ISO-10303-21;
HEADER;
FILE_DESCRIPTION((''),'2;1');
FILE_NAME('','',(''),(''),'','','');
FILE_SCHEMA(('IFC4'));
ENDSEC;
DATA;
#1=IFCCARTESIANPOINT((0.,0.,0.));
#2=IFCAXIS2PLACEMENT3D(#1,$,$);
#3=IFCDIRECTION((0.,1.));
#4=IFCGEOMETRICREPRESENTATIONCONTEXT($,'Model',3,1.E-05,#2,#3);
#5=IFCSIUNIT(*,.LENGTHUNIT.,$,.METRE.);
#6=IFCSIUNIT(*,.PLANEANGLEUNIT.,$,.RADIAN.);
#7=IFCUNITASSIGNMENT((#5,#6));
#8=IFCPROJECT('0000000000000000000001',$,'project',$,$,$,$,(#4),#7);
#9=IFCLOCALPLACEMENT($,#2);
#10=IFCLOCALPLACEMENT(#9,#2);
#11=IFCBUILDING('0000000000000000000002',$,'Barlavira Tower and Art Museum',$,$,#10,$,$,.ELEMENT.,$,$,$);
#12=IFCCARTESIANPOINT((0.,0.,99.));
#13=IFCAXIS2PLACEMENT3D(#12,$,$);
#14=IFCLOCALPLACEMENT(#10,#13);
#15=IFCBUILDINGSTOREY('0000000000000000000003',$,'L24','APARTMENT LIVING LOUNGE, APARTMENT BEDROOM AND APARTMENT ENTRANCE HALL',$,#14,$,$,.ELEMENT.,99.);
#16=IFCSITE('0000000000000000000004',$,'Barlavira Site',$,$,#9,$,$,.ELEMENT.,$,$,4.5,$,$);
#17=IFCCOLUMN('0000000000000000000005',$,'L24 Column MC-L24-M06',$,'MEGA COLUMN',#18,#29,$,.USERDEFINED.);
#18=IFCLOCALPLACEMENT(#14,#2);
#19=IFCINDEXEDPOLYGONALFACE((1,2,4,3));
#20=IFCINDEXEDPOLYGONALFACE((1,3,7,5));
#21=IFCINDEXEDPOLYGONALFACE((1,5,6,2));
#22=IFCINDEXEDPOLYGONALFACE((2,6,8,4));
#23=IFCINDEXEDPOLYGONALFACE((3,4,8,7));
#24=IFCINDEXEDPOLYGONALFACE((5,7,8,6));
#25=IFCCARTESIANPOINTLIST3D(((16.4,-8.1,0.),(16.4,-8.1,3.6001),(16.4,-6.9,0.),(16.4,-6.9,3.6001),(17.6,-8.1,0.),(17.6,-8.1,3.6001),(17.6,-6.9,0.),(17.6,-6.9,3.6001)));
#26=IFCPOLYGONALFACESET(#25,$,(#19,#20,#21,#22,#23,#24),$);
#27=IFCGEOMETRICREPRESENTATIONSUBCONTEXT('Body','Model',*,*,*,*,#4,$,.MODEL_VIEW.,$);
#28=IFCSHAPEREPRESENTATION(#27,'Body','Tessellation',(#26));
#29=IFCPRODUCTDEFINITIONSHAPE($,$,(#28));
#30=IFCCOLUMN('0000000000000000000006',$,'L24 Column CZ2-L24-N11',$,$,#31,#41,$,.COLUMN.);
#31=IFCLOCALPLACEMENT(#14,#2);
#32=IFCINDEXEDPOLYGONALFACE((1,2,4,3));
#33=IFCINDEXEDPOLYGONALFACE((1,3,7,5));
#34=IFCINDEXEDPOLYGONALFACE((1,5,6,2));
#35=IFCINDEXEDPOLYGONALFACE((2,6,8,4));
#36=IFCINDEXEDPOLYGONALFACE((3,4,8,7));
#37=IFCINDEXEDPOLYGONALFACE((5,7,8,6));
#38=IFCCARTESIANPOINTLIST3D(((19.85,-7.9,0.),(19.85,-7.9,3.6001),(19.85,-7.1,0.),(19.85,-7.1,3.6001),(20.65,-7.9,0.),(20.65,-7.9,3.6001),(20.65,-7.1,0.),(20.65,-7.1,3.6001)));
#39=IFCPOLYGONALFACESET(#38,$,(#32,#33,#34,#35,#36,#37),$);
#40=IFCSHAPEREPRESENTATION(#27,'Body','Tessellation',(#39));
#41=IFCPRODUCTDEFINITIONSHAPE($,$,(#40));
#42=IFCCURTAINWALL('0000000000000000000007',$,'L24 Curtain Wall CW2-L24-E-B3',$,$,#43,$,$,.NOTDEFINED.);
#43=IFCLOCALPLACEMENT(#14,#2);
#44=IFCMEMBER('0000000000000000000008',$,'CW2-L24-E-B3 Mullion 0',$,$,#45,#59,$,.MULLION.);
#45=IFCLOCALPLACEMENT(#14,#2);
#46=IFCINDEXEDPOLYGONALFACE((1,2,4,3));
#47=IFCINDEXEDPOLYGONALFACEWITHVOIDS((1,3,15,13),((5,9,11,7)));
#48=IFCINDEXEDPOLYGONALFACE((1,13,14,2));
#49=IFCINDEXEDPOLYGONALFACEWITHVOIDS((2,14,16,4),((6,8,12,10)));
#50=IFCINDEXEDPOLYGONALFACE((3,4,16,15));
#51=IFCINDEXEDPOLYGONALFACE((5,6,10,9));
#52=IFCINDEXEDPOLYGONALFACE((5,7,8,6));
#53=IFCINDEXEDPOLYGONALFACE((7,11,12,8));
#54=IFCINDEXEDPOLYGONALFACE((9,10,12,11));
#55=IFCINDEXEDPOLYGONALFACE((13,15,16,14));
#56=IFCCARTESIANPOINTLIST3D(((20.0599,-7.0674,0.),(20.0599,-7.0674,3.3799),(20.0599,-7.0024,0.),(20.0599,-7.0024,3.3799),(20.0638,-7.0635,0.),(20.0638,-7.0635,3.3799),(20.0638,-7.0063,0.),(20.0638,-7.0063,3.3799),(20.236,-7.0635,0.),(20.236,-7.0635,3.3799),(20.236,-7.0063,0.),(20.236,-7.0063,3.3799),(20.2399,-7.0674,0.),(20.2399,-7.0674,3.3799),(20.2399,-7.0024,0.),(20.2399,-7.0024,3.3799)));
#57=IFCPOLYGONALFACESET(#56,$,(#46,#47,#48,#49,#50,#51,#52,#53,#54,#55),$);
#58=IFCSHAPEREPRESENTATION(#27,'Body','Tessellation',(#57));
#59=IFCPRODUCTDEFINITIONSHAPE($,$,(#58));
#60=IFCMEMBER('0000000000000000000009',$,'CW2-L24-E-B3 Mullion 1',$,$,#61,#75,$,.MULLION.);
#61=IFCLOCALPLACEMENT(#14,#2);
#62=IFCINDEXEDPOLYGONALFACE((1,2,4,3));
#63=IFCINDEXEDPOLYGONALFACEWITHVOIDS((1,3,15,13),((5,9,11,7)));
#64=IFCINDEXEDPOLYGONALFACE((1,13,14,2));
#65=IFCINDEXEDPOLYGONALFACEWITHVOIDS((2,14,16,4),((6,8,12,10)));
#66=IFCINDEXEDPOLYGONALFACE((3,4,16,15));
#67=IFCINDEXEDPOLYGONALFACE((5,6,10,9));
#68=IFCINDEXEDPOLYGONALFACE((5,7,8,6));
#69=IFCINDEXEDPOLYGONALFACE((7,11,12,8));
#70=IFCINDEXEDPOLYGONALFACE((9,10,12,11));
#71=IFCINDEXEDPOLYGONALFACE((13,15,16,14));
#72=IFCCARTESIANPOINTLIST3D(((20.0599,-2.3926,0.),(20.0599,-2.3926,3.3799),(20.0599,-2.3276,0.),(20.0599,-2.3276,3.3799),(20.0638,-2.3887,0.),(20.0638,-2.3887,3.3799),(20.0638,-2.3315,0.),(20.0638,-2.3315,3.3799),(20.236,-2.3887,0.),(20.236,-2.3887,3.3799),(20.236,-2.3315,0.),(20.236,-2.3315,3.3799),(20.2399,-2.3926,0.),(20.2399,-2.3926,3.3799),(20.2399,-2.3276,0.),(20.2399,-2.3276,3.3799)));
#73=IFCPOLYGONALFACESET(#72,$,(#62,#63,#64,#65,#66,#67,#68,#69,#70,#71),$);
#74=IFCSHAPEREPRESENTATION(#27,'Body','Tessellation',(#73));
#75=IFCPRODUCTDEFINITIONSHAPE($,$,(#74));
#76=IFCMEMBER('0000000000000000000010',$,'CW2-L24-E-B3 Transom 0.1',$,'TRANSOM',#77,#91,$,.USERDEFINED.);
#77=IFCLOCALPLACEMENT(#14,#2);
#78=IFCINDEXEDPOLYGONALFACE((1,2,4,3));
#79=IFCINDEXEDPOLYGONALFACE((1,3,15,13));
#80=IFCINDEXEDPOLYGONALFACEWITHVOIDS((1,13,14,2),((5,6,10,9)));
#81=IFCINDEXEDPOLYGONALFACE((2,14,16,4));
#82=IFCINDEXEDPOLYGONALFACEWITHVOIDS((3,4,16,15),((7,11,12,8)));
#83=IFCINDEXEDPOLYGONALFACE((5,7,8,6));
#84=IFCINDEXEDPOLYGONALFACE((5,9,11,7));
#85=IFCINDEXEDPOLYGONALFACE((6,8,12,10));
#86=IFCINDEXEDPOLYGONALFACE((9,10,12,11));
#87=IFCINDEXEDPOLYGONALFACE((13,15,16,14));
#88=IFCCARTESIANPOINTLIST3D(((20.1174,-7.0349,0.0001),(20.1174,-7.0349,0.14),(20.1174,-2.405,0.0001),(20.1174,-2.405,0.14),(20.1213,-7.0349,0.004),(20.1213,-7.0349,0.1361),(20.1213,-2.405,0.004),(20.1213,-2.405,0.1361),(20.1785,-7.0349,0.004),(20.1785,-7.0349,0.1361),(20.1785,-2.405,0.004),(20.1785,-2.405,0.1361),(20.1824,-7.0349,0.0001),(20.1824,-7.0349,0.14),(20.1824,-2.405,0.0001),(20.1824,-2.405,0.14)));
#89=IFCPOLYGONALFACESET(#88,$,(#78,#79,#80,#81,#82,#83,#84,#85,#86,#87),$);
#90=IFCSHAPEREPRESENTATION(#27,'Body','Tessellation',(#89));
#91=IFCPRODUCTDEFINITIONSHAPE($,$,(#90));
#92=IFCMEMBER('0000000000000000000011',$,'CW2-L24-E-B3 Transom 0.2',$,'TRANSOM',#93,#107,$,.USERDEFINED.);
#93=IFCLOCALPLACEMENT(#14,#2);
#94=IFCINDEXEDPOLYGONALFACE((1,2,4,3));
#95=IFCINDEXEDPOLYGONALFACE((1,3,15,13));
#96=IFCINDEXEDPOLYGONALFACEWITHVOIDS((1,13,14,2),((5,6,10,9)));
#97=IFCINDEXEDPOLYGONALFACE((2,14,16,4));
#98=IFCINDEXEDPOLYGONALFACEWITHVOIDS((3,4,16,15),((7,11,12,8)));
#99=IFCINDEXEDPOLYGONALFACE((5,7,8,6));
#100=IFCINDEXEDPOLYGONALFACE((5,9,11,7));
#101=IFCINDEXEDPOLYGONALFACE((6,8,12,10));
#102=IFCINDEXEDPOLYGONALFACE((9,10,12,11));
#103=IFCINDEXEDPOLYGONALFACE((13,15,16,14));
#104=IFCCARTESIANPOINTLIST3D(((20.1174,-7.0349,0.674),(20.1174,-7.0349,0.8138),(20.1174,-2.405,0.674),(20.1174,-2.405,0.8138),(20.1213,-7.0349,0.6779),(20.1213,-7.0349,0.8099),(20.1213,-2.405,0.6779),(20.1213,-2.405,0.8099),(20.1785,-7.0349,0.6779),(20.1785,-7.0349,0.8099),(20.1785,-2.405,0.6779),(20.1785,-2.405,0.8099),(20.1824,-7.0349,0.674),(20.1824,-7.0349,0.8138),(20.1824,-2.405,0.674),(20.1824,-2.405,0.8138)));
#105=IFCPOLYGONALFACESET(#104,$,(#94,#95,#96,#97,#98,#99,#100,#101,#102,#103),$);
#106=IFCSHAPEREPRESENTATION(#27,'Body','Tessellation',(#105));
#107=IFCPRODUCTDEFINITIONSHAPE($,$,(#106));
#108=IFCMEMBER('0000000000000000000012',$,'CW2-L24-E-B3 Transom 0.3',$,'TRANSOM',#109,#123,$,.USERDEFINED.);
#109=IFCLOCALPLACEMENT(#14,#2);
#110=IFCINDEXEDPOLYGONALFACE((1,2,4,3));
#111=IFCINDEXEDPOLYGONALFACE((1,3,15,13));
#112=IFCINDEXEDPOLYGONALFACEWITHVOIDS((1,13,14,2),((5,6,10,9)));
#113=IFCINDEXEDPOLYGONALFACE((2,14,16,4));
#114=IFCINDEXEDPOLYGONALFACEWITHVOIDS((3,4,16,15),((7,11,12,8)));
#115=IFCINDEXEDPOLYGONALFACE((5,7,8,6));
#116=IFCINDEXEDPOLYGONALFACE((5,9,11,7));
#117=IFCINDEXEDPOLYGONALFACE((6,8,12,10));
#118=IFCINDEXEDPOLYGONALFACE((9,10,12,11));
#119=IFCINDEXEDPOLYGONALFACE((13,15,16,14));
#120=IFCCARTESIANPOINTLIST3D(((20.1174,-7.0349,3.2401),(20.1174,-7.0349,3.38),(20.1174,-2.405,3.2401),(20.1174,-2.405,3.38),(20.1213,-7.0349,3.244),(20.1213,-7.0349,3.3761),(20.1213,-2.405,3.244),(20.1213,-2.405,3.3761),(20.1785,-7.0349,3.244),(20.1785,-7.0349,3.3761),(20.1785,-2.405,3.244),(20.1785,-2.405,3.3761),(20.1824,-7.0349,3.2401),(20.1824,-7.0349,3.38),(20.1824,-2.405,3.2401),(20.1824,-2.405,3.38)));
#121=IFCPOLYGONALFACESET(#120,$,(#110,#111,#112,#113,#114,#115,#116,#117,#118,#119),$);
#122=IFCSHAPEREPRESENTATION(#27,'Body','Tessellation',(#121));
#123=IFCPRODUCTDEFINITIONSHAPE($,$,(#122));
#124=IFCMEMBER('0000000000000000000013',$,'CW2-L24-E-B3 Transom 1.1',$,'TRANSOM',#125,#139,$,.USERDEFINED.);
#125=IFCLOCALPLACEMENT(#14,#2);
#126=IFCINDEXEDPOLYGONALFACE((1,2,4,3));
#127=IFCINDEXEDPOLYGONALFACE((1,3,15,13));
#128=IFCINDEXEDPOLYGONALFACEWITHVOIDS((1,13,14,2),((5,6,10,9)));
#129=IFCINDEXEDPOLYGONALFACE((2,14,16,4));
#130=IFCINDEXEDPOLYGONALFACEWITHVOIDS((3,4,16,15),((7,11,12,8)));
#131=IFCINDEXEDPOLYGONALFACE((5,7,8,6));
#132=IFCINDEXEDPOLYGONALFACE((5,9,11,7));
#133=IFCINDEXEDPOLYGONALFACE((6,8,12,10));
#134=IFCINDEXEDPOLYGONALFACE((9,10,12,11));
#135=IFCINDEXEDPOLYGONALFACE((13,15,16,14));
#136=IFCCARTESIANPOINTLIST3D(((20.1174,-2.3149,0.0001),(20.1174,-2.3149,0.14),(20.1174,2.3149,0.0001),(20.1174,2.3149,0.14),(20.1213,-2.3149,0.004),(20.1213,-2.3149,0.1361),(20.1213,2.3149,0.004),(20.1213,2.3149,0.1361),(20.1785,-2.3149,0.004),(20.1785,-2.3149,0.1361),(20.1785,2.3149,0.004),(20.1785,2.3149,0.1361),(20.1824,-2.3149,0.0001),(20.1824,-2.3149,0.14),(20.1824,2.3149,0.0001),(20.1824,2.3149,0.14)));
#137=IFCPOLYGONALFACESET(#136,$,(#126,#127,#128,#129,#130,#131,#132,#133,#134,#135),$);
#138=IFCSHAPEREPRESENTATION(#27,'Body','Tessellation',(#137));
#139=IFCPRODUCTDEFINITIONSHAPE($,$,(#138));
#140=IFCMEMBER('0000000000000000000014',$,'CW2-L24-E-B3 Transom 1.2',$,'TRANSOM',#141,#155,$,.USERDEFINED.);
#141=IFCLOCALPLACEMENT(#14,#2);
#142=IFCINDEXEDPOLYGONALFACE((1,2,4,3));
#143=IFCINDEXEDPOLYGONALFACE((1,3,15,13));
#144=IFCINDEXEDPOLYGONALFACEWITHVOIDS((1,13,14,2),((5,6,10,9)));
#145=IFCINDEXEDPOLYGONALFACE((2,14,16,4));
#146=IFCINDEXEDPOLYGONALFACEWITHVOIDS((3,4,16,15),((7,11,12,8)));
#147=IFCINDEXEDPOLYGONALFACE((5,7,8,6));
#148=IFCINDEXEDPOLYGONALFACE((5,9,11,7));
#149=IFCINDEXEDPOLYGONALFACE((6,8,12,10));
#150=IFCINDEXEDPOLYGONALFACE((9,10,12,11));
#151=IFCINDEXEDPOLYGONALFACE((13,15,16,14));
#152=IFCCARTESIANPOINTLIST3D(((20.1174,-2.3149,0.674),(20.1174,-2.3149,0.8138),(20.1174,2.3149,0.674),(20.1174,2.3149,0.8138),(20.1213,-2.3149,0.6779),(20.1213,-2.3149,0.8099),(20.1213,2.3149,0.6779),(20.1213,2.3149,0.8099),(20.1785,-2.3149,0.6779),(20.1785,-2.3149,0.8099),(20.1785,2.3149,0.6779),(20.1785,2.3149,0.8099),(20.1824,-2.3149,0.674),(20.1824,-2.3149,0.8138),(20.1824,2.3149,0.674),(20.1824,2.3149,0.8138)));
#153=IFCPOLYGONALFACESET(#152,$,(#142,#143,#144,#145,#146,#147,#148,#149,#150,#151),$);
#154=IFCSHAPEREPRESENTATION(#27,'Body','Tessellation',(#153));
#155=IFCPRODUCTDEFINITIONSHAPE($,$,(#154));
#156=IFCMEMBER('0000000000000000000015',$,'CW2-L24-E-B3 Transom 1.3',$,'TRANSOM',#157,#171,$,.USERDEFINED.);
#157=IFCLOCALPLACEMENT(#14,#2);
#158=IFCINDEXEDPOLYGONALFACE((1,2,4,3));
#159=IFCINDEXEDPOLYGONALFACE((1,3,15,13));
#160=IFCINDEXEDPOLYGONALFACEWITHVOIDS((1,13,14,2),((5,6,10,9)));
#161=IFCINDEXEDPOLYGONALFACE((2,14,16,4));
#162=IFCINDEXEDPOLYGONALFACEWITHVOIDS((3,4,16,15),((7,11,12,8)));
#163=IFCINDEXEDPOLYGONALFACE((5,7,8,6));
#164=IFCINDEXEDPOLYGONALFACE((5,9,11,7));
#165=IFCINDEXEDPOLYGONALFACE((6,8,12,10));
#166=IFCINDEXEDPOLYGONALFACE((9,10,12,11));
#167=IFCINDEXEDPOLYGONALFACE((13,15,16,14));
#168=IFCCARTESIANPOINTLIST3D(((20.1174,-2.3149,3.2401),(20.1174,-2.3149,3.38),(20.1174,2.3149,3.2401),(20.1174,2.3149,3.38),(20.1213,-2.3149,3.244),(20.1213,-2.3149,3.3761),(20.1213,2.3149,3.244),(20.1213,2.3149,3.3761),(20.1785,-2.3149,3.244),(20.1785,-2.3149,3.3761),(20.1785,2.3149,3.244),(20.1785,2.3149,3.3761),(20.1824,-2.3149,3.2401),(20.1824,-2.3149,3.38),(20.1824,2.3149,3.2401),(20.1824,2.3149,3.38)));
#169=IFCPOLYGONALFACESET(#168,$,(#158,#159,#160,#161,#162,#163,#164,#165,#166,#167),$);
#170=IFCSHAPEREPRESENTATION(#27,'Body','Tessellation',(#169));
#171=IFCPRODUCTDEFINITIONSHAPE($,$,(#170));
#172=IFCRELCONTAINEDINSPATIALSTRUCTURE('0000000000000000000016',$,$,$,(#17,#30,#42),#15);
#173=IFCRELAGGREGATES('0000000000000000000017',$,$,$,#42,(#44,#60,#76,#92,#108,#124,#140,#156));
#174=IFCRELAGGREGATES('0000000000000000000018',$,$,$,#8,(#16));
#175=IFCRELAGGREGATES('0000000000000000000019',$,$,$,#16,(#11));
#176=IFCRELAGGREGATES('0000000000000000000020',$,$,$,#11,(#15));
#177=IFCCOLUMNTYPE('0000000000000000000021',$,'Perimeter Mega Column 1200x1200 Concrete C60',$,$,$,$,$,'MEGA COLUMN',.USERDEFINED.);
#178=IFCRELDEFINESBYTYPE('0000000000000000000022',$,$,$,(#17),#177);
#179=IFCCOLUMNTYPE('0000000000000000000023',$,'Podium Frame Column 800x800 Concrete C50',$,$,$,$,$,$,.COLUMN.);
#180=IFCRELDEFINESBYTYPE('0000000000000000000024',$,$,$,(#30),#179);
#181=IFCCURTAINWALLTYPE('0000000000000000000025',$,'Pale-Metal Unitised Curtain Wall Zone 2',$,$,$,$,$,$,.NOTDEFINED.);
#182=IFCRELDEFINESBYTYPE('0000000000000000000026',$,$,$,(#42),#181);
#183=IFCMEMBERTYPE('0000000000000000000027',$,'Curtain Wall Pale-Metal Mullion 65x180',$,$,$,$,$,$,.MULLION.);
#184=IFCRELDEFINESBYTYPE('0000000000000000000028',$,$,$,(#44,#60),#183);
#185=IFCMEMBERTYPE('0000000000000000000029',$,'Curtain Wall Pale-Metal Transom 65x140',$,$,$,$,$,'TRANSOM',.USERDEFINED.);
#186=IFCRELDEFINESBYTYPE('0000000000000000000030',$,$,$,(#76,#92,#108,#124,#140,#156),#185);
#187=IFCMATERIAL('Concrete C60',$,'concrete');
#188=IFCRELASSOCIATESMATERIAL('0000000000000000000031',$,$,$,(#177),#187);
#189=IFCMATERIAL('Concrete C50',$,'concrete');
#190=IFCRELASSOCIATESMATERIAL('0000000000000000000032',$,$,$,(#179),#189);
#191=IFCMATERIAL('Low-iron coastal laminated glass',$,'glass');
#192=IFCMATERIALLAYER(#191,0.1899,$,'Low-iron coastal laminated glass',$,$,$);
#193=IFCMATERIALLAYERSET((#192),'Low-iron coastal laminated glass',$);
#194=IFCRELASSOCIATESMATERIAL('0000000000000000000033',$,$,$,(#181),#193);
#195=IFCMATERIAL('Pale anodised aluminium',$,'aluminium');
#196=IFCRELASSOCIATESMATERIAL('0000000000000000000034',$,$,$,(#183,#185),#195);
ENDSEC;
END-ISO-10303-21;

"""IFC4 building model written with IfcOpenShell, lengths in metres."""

from ifc_helpers import new_model, si_unit, direction, frame, origin, origin_2d, place, context, subcontext, project, spatial, rectangle, hollow_rectangle, extrude, material, layer, layer_set, material_profile, profile_set, type_object, element, aggregate, save


model = new_model("IFC4")

# Units and contexts
model_context = context("Model", 3, precision=1e-05, world=origin(), true_north=direction((0.0, 1.0)))
body_context = subcontext(model_context, "Body", "Model", "MODEL_VIEW")
ifc_project = project(units=[si_unit("LENGTHUNIT", "METRE"), si_unit("PLANEANGLEUNIT", "RADIAN")], contexts=[model_context])

# Site, building, storey
site_placement = place(None, origin())
site = spatial("IfcSite", under=ifc_project, at=site_placement, Name="Barlavira Site", CompositionType="ELEMENT", RefElevation=4.5)
building_placement = place(site_placement, origin())
building = spatial("IfcBuilding", under=site, at=building_placement, Name="Barlavira Tower and Art Museum", CompositionType="ELEMENT")
storey_placement = place(building_placement, frame((0.0, 0.0, 99.0)))
storey = spatial("IfcBuildingStorey", under=building, at=storey_placement, Name="L24", Description="APARTMENT LIVING LOUNGE, APARTMENT BEDROOM AND APARTMENT ENTRANCE HALL", CompositionType="ELEMENT", Elevation=99.0)

# Columns
ifc_material_1 = material(Name="Concrete C60", Category="concrete")
ifc_material_profile_1 = material_profile(ifc_material_1, rectangle(XDim=1.2, YDim=1.2, at=origin_2d()), Name="RC-COL 1200x1200")
ifc_profile_set_1 = profile_set([ifc_material_profile_1], Name="Concrete C60")
column_type_1 = type_object("IfcColumnType", Name="Perimeter Mega Column 1200x1200 Concrete C60", ElementType="MEGA COLUMN", PredefinedType="USERDEFINED", material=ifc_profile_set_1)
column_1_placement = place(storey_placement, frame((17.0, -7.5, 0.0), z_axis=(0.0, 0.0, 1.0), x_axis=(1.0, 0.0, 0.0)))
element("IfcColumn", 1, at=column_1_placement, inside=storey, type_object=column_type_1, Name="L24 Column MC-L24-M06", ObjectType="MEGA COLUMN", PredefinedType="USERDEFINED", context=body_context, shape_type="SweptSolid", body=[
    extrude(rectangle(XDim=1.2, YDim=1.2, at=origin_2d()), origin(), (0.0, 0.0, 1.0), 3.6001),
])
ifc_material_2 = material(Name="Concrete C50", Category="concrete")
ifc_material_profile_2 = material_profile(ifc_material_2, rectangle(XDim=0.8, YDim=0.8, at=origin_2d()), Name="RC-COL 800x800")
ifc_profile_set_2 = profile_set([ifc_material_profile_2], Name="Concrete C50")
column_type_2 = type_object("IfcColumnType", Name="Podium Frame Column 800x800 Concrete C50", PredefinedType="COLUMN", material=ifc_profile_set_2)
column_2_placement = place(storey_placement, frame((20.25, -7.5, 0.0), z_axis=(0.0, 0.0, 1.0), x_axis=(1.0, 0.0, 0.0)))
element("IfcColumn", 2, at=column_2_placement, inside=storey, type_object=column_type_2, Name="L24 Column CZ2-L24-N11", PredefinedType="COLUMN", context=body_context, shape_type="SweptSolid", body=[
    extrude(rectangle(XDim=0.8, YDim=0.8, at=origin_2d()), origin(), (0.0, 0.0, 1.0), 3.6001),
])

# Curtain wall, members
ifc_material_3 = material(Name="Low-iron coastal laminated glass", Category="glass")
ifc_layer_1 = layer(ifc_material_3, 0.1899, Name="Low-iron coastal laminated glass")
ifc_layer_set_1 = layer_set([ifc_layer_1], Name="Low-iron coastal laminated glass")
curtain_wall_type = type_object("IfcCurtainWallType", Name="Pale-Metal Unitised Curtain Wall Zone 2", PredefinedType="NOTDEFINED", material=ifc_layer_set_1)
curtain_wall_placement = place(storey_placement, origin())
curtain_wall = element("IfcCurtainWall", 3, at=curtain_wall_placement, inside=storey, type_object=curtain_wall_type, Name="L24 Curtain Wall CW2-L24-E-B3", PredefinedType="NOTDEFINED")
ifc_material_4 = material(Name="Pale anodised aluminium", Category="aluminium")
ifc_material_profile_3 = material_profile(ifc_material_4, hollow_rectangle(XDim=0.0649, YDim=0.1799, WallThickness=0.0039, at=origin_2d()), Name="ALU-MULL 65x180x4")
ifc_profile_set_3 = profile_set([ifc_material_profile_3], Name="Pale anodised aluminium")
member_type_1 = type_object("IfcMemberType", Name="Curtain Wall Pale-Metal Mullion 65x180", PredefinedType="MULLION", material=ifc_profile_set_3)
member_1_placement = place(storey_placement, frame((20.1499, -7.0349, 0.0), z_axis=(0.0, 0.0, 1.0), x_axis=(0.0, 1.0, 0.0)))
member_1 = element("IfcMember", 4, at=member_1_placement, type_object=member_type_1, Name="CW2-L24-E-B3 Mullion 0", PredefinedType="MULLION", context=body_context, shape_type="SweptSolid", body=[
    extrude(hollow_rectangle(XDim=0.0649, YDim=0.1799, WallThickness=0.0039, at=origin_2d()), origin(), (0.0, 0.0, 1.0), 3.3799),
])
member_2_placement = place(storey_placement, frame((20.1499, -2.3601, 0.0), z_axis=(0.0, 0.0, 1.0), x_axis=(0.0, 1.0, 0.0)))
member_2 = element("IfcMember", 5, at=member_2_placement, type_object=member_type_1, Name="CW2-L24-E-B3 Mullion 1", PredefinedType="MULLION", context=body_context, shape_type="SweptSolid", body=[
    extrude(hollow_rectangle(XDim=0.0649, YDim=0.1799, WallThickness=0.0039, at=origin_2d()), origin(), (0.0, 0.0, 1.0), 3.3799),
])
ifc_material_profile_4 = material_profile(ifc_material_4, hollow_rectangle(XDim=0.0649, YDim=0.1399, WallThickness=0.0039, at=origin_2d()), Name="ALU-TRAN 65x140x4")
ifc_profile_set_4 = profile_set([ifc_material_profile_4], Name="Pale anodised aluminium")
member_type_2 = type_object("IfcMemberType", Name="Curtain Wall Pale-Metal Transom 65x140", ElementType="TRANSOM", PredefinedType="USERDEFINED", material=ifc_profile_set_4)
member_3_placement = place(storey_placement, frame((20.1499, -7.0349, 0.0701), z_axis=(0.0, 1.0, 0.0), x_axis=(-1.0, 0.0, 0.0)))
member_3 = element("IfcMember", 6, at=member_3_placement, type_object=member_type_2, Name="CW2-L24-E-B3 Transom 0.1", ObjectType="TRANSOM", PredefinedType="USERDEFINED", context=body_context, shape_type="SweptSolid", body=[
    extrude(hollow_rectangle(XDim=0.0649, YDim=0.1399, WallThickness=0.0039, at=origin_2d()), origin(), (0.0, 0.0, 1.0), 4.6299),
])
member_4_placement = place(storey_placement, frame((20.1499, -7.0349, 0.7439), z_axis=(0.0, 1.0, 0.0), x_axis=(-1.0, 0.0, 0.0)))
member_4 = element("IfcMember", 7, at=member_4_placement, type_object=member_type_2, Name="CW2-L24-E-B3 Transom 0.2", ObjectType="TRANSOM", PredefinedType="USERDEFINED", context=body_context, shape_type="SweptSolid", body=[
    extrude(hollow_rectangle(XDim=0.0649, YDim=0.1399, WallThickness=0.0039, at=origin_2d()), origin(), (0.0, 0.0, 1.0), 4.6299),
])
member_5_placement = place(storey_placement, frame((20.1499, -7.0349, 3.3101), z_axis=(0.0, 1.0, 0.0), x_axis=(-1.0, 0.0, 0.0)))
member_5 = element("IfcMember", 8, at=member_5_placement, type_object=member_type_2, Name="CW2-L24-E-B3 Transom 0.3", ObjectType="TRANSOM", PredefinedType="USERDEFINED", context=body_context, shape_type="SweptSolid", body=[
    extrude(hollow_rectangle(XDim=0.0649, YDim=0.1399, WallThickness=0.0039, at=origin_2d()), origin(), (0.0, 0.0, 1.0), 4.6299),
])
member_6_placement = place(storey_placement, frame((20.1499, -2.3149, 0.0701), z_axis=(0.0, 1.0, 0.0), x_axis=(-1.0, 0.0, 0.0)))
member_6 = element("IfcMember", 9, at=member_6_placement, type_object=member_type_2, Name="CW2-L24-E-B3 Transom 1.1", ObjectType="TRANSOM", PredefinedType="USERDEFINED", context=body_context, shape_type="SweptSolid", body=[
    extrude(hollow_rectangle(XDim=0.0649, YDim=0.1399, WallThickness=0.0039, at=origin_2d()), origin(), (0.0, 0.0, 1.0), 4.6299),
])
member_7_placement = place(storey_placement, frame((20.1499, -2.3149, 0.7439), z_axis=(0.0, 1.0, 0.0), x_axis=(-1.0, 0.0, 0.0)))
member_7 = element("IfcMember", 10, at=member_7_placement, type_object=member_type_2, Name="CW2-L24-E-B3 Transom 1.2", ObjectType="TRANSOM", PredefinedType="USERDEFINED", context=body_context, shape_type="SweptSolid", body=[
    extrude(hollow_rectangle(XDim=0.0649, YDim=0.1399, WallThickness=0.0039, at=origin_2d()), origin(), (0.0, 0.0, 1.0), 4.6299),
])
member_8_placement = place(storey_placement, frame((20.1499, -2.3149, 3.3101), z_axis=(0.0, 1.0, 0.0), x_axis=(-1.0, 0.0, 0.0)))
member_8 = element("IfcMember", 11, at=member_8_placement, type_object=member_type_2, Name="CW2-L24-E-B3 Transom 1.3", ObjectType="TRANSOM", PredefinedType="USERDEFINED", context=body_context, shape_type="SweptSolid", body=[
    extrude(hollow_rectangle(XDim=0.0649, YDim=0.1399, WallThickness=0.0039, at=origin_2d()), origin(), (0.0, 0.0, 1.0), 4.6299),
])

aggregate(curtain_wall, [member_1, member_2, member_3, member_4, member_5, member_6, member_7, member_8])

save(model, "model.ifc")
